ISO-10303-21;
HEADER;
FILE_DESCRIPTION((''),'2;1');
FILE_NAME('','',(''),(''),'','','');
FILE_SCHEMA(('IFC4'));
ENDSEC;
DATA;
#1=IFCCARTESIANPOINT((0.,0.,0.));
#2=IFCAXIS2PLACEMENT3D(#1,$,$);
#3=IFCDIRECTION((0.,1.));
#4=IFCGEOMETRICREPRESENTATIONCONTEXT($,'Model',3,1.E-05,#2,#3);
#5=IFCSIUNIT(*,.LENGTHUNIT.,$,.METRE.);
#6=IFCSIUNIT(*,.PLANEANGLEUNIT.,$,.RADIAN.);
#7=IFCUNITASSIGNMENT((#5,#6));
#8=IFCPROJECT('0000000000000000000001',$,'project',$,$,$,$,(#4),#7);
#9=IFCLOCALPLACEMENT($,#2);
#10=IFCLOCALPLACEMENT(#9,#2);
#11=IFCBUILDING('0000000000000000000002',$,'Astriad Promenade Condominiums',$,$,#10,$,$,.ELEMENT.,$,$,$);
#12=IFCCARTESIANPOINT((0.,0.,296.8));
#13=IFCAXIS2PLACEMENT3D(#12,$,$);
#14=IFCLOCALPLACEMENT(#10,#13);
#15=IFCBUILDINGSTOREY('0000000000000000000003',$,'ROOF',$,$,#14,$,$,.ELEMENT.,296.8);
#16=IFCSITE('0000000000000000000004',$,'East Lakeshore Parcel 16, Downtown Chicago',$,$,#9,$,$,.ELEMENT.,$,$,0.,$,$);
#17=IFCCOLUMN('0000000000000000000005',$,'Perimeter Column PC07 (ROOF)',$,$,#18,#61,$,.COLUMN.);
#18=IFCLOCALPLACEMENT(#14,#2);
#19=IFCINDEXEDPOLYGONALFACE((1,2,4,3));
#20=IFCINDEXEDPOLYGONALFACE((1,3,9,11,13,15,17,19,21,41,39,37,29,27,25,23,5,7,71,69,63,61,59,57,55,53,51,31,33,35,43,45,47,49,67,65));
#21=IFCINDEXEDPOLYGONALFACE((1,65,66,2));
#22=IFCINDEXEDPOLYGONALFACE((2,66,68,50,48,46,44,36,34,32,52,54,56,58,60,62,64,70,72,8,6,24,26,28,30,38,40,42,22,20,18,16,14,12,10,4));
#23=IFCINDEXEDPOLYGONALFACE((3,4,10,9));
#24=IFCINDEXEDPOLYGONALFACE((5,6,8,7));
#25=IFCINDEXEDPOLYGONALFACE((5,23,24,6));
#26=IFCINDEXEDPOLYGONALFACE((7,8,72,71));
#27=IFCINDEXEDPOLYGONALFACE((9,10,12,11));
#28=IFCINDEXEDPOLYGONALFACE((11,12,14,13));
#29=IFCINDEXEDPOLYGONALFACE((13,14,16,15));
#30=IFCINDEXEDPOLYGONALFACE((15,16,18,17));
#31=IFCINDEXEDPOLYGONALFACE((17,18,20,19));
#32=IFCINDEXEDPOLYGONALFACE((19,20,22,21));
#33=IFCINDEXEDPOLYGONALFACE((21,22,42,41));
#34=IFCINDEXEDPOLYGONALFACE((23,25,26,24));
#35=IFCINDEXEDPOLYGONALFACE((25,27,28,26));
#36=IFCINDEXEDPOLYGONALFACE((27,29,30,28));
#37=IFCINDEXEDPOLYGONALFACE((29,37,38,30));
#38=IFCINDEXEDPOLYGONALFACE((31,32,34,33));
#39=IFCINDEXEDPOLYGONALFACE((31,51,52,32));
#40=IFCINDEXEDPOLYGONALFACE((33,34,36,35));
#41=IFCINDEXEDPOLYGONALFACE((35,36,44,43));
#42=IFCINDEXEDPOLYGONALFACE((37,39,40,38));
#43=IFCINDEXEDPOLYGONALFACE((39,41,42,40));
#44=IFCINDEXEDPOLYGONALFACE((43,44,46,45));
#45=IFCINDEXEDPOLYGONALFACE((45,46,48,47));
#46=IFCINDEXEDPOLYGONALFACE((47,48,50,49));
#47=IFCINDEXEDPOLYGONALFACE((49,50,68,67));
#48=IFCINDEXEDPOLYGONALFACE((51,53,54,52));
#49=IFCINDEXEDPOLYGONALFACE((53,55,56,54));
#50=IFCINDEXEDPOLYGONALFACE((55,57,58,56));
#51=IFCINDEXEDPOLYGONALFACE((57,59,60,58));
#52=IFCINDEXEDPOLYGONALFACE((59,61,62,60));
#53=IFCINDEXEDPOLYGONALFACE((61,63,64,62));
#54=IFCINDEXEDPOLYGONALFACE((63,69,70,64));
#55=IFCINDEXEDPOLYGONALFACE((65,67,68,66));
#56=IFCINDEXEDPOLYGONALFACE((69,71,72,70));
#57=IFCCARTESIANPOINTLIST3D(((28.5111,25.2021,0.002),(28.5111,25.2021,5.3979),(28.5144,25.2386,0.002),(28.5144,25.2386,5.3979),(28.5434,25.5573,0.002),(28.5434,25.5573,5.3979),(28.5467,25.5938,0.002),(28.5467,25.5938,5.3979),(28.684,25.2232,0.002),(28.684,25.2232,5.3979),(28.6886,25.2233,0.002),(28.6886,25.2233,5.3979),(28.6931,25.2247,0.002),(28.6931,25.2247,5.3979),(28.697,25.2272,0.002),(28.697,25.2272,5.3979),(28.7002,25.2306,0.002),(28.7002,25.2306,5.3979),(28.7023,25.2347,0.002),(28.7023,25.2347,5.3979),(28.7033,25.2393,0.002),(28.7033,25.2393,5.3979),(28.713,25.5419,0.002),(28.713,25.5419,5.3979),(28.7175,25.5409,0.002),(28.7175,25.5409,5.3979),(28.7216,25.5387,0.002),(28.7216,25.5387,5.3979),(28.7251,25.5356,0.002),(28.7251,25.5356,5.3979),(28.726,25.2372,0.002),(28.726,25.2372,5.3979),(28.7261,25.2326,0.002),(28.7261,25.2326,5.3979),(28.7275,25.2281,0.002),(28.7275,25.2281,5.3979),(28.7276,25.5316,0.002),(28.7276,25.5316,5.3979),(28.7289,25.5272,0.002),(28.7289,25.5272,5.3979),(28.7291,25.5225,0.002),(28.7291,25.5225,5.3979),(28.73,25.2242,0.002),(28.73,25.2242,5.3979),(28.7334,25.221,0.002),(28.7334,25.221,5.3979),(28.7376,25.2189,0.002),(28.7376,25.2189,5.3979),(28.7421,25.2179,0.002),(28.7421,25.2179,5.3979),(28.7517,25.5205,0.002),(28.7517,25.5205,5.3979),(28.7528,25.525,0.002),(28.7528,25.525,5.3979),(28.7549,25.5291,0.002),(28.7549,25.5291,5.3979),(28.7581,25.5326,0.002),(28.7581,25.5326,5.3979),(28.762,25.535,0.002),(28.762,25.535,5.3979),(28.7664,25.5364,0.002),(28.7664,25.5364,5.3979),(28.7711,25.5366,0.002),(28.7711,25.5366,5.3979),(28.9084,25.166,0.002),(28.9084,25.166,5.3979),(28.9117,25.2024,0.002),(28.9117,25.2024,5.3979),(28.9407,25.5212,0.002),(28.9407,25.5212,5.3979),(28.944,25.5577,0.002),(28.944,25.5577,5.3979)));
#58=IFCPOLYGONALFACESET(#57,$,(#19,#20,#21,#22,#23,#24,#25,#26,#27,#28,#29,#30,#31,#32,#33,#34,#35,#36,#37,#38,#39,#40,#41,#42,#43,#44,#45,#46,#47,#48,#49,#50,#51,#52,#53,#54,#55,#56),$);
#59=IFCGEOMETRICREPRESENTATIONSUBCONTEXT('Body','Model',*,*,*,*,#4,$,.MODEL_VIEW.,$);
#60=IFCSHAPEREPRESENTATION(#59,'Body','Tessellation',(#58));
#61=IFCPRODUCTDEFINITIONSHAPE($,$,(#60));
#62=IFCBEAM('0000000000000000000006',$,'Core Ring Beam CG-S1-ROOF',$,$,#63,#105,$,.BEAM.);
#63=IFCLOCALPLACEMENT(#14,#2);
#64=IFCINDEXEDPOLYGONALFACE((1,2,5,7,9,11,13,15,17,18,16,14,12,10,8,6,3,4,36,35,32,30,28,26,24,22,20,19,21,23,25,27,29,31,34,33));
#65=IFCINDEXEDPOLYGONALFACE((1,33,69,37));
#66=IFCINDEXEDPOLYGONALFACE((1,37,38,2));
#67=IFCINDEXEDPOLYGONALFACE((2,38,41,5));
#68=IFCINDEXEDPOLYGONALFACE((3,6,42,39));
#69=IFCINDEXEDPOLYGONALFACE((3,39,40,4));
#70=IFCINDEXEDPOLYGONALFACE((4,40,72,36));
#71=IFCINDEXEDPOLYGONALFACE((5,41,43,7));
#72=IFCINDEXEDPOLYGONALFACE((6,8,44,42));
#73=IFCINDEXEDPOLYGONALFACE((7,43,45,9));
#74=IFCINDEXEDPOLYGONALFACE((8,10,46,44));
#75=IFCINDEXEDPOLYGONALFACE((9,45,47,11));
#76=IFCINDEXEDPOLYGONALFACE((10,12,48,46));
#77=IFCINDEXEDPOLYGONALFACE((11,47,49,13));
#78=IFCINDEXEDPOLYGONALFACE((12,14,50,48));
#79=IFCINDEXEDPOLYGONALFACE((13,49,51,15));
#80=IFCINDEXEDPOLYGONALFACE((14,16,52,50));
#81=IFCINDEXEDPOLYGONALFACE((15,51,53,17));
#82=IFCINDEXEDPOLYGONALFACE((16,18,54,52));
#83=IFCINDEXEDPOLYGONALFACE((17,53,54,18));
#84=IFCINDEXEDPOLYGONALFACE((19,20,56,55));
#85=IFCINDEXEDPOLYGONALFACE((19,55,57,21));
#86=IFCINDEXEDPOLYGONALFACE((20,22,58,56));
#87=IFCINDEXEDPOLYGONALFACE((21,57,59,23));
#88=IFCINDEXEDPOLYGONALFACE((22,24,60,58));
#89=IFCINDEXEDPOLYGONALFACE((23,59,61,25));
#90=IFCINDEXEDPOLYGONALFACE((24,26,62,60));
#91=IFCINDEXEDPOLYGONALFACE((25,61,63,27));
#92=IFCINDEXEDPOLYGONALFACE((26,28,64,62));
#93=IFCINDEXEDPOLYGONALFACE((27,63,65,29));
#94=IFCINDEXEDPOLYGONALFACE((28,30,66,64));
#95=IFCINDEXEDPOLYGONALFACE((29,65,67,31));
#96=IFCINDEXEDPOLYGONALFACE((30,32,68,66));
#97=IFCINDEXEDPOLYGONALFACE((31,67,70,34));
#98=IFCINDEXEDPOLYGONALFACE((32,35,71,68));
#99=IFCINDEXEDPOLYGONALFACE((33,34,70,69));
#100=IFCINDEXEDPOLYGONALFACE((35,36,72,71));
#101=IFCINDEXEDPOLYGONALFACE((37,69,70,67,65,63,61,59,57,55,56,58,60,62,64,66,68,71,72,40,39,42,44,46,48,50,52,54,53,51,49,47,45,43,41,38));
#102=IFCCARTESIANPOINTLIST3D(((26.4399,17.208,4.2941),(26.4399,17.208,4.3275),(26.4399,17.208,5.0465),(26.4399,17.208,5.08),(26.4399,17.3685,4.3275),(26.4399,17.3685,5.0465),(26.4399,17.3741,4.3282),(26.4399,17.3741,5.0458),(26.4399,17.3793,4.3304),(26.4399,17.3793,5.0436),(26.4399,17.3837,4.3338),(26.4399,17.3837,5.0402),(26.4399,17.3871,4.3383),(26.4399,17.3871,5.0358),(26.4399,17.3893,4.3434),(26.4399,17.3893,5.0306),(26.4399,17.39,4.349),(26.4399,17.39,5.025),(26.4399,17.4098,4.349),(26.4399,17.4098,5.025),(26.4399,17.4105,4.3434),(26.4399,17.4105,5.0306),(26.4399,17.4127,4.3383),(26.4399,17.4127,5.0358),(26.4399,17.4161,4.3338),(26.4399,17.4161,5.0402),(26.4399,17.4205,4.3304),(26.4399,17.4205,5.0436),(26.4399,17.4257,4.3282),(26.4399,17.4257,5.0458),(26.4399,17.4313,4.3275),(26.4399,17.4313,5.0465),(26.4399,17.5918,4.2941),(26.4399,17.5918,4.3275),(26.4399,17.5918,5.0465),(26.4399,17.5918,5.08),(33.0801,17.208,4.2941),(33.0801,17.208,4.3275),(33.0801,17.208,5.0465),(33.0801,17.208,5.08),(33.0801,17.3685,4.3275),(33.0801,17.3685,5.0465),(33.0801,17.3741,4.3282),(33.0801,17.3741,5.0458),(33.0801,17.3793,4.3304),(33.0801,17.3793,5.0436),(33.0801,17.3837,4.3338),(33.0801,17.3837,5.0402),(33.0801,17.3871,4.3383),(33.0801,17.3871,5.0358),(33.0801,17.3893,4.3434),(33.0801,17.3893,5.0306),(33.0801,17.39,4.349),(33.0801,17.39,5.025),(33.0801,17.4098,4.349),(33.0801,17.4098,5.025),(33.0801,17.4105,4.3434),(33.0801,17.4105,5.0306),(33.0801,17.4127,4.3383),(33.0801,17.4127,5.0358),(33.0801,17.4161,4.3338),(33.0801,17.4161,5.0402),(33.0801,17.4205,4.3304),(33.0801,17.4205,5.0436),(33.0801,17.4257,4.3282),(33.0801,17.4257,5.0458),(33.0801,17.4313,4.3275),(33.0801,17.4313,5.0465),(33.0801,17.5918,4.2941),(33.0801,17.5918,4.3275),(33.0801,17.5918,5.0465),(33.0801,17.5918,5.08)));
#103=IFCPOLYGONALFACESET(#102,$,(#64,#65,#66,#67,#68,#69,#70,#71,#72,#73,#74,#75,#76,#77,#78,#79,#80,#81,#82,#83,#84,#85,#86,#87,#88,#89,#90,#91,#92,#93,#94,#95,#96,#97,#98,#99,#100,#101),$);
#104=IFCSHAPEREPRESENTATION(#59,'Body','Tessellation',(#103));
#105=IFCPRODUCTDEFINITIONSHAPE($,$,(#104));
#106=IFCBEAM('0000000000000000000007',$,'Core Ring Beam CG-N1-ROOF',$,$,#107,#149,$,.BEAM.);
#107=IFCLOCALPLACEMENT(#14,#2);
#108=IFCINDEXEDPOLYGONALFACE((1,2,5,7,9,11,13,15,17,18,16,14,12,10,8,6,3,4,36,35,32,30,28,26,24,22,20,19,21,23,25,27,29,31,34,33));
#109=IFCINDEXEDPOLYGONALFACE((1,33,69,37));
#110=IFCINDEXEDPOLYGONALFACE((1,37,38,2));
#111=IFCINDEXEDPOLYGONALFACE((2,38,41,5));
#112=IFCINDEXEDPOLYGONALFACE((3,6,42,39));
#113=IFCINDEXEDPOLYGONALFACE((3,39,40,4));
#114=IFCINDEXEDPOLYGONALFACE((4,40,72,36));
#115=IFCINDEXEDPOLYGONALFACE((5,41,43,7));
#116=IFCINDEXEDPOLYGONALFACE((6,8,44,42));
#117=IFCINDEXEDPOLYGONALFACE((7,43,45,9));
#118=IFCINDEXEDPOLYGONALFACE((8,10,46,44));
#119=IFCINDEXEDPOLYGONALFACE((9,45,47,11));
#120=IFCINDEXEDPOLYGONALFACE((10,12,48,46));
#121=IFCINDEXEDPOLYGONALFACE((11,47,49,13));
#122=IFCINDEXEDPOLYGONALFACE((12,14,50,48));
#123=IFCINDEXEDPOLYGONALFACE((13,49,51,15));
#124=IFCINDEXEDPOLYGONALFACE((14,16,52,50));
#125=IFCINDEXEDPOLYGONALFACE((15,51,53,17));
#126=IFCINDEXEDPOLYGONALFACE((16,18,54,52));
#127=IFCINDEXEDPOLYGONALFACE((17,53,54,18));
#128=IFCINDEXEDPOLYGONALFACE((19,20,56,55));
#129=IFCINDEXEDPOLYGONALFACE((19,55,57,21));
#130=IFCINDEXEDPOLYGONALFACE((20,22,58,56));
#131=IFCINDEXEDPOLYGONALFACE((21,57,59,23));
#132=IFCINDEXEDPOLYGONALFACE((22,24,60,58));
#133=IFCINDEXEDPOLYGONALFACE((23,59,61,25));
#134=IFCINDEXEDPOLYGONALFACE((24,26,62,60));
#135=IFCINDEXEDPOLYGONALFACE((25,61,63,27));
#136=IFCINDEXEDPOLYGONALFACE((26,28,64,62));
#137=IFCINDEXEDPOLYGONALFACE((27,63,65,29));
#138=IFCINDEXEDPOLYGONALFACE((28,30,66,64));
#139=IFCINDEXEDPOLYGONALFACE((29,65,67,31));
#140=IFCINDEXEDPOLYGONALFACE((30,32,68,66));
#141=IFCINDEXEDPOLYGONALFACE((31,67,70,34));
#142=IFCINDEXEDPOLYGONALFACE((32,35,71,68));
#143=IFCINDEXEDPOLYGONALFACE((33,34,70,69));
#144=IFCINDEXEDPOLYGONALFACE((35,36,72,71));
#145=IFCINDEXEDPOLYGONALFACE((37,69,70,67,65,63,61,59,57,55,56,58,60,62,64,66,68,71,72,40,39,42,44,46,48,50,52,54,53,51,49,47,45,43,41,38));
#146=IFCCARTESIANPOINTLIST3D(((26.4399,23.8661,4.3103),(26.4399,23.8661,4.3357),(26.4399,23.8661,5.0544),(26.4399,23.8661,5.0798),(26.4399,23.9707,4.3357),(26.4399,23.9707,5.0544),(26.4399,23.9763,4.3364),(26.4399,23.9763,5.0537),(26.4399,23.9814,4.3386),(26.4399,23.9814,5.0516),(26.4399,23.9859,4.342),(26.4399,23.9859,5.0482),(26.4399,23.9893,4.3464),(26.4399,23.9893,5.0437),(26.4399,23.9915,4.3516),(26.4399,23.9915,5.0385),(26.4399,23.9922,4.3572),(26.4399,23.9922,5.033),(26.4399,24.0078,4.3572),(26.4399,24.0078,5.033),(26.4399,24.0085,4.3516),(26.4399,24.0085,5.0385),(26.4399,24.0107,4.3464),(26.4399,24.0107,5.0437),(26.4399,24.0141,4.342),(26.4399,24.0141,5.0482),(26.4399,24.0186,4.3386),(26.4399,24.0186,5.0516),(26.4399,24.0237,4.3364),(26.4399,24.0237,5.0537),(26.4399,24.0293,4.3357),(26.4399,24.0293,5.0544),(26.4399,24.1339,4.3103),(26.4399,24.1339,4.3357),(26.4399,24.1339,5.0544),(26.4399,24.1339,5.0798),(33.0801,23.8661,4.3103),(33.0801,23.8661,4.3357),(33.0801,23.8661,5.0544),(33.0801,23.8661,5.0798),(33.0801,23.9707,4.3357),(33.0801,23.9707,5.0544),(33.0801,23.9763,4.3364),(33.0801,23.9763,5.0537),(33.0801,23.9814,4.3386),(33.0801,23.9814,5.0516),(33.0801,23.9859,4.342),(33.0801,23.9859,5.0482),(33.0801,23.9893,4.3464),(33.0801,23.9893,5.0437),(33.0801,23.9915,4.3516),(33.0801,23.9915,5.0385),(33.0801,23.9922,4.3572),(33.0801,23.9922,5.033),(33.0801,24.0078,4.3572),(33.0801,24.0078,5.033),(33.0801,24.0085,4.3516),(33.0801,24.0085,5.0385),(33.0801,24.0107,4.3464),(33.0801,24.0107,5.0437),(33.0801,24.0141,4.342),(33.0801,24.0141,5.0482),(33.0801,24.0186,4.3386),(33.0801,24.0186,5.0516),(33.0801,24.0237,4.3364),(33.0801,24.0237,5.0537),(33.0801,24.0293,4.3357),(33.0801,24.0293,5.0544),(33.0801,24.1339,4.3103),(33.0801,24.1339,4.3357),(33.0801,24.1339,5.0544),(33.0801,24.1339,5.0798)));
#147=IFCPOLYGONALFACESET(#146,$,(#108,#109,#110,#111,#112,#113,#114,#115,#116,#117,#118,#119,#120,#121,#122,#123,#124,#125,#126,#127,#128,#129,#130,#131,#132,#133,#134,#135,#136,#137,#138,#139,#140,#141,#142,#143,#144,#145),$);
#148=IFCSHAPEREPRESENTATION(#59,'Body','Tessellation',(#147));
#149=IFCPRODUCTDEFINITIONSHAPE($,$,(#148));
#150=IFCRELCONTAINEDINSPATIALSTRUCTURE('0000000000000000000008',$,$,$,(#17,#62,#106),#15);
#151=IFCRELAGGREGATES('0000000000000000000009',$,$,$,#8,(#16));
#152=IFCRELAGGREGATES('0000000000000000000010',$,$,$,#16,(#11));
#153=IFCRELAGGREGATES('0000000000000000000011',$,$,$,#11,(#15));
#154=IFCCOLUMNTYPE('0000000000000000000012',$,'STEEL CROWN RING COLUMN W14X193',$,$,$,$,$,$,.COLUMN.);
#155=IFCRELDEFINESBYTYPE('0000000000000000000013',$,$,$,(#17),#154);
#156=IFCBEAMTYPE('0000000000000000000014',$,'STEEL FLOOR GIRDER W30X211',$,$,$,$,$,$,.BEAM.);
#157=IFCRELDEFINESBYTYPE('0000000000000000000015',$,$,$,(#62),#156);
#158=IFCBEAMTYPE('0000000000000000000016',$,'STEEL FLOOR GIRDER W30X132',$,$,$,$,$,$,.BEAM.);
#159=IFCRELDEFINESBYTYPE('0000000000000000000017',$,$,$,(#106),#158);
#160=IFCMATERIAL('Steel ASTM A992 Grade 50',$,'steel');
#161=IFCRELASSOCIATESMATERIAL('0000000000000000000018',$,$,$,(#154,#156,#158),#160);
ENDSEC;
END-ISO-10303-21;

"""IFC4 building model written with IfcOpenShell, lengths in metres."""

from ifc_helpers import new_model, si_unit, direction, frame, origin, origin_2d, place, context, subcontext, project, spatial, i_section, extrude, source, transform, mapped, material, material_profile, profile_set, type_object, type_shapes, element, save


model = new_model("IFC4")

# Units and contexts
model_context = context("Model", 3, precision=1e-05, world=origin(), true_north=direction((0.0, 1.0)))
body_context = subcontext(model_context, "Body", "Model", "MODEL_VIEW")
ifc_project = project(units=[si_unit("LENGTHUNIT", "METRE"), si_unit("PLANEANGLEUNIT", "RADIAN")], contexts=[model_context])

# Site, building, storey
site_placement = place(None, origin())
site = spatial("IfcSite", under=ifc_project, at=site_placement, Name="East Lakeshore Parcel 16, Downtown Chicago", CompositionType="ELEMENT", RefElevation=0.0)
building_placement = place(site_placement, origin())
building = spatial("IfcBuilding", under=site, at=building_placement, Name="Astriad Promenade Condominiums", CompositionType="ELEMENT")
storey_placement = place(building_placement, frame((0.0, 0.0, 296.8)))
storey = spatial("IfcBuildingStorey", under=building, at=storey_placement, Name="ROOF", CompositionType="ELEMENT", Elevation=296.8)

# Column
ifc_material_1 = material(Name="Steel ASTM A992 Grade 50", Category="steel")
ifc_material_profile_1 = material_profile(ifc_material_1, i_section(OverallWidth=0.3989, OverallDepth=0.3933, WebThickness=0.0227, FlangeThickness=0.0366, FilletRadius=0.0178, at=origin_2d()), Name="W14X193")
ifc_profile_set_1 = profile_set([ifc_material_profile_1], Name="Steel ASTM A992 Grade 50")
column_type_1 = type_object("IfcColumnType", Name="STEEL CROWN RING COLUMN W14X193", PredefinedType="COLUMN", material=ifc_profile_set_1)
shared_shape_1 = source(origin(), body_context, "Body", "SweptSolid", [
    extrude(i_section(OverallWidth=0.3989, OverallDepth=0.3933, WebThickness=0.0227, FlangeThickness=0.0366, FilletRadius=0.0178, at=origin_2d()), origin(), (0.0, 0.0, 1.0), 5.396),
])
type_shapes(column_type_1, [shared_shape_1])
for number, where, z_axis, x_axis, name in (
    (1, (28.7275, 25.3799, 0.002), (0.0, 0.0, 1.0), (0.995884, -0.090633, 0.0), "Perimeter Column PC07 (ROOF)"),
):
    element("IfcColumn", number, at=place(storey_placement, frame(where, z_axis=z_axis, x_axis=x_axis)), inside=storey, type_object=column_type_1, Name=name, PredefinedType="COLUMN", context=body_context, shape_type="MappedRepresentation", body=[
        mapped(shared_shape_1, transform((0.0, 0.0, 0.0), scale=1.0)),
    ])

# Beams
ifc_material_profile_2 = material_profile(ifc_material_1, i_section(OverallWidth=0.3838, OverallDepth=0.7859, WebThickness=0.0198, FlangeThickness=0.0334, FilletRadius=0.0215, at=origin_2d()), Name="W30X211")
ifc_profile_set_2 = profile_set([ifc_material_profile_2], Name="Steel ASTM A992 Grade 50")
beam_type_1 = type_object("IfcBeamType", Name="STEEL FLOOR GIRDER W30X211", PredefinedType="BEAM", material=ifc_profile_set_2)
shared_shape_2 = source(origin(), body_context, "Body", "SweptSolid", [
    extrude(i_section(OverallWidth=0.3838, OverallDepth=0.7859, WebThickness=0.0198, FlangeThickness=0.0334, FilletRadius=0.0215, at=origin_2d()), origin(), (0.0, 0.0, 1.0), 6.6401),
])
type_shapes(beam_type_1, [shared_shape_2])
beam_1_placement = place(storey_placement, frame((26.4399, 17.3999, 4.687), z_axis=(1.0, 0.0, 0.0), x_axis=(0.0, 1.0, 0.0)))
element("IfcBeam", 2, at=beam_1_placement, inside=storey, type_object=beam_type_1, Name="Core Ring Beam CG-S1-ROOF", PredefinedType="BEAM", context=body_context, shape_type="MappedRepresentation", body=[
    mapped(shared_shape_2, transform((0.0, 0.0, 0.0), scale=1.0)),
])
ifc_material_profile_3 = material_profile(ifc_material_1, i_section(OverallWidth=0.2678, OverallDepth=0.7695, WebThickness=0.0156, FlangeThickness=0.0254, FilletRadius=0.0215, at=origin_2d()), Name="W30X132")
ifc_profile_set_3 = profile_set([ifc_material_profile_3], Name="Steel ASTM A992 Grade 50")
beam_type_2 = type_object("IfcBeamType", Name="STEEL FLOOR GIRDER W30X132", PredefinedType="BEAM", material=ifc_profile_set_3)
shared_shape_3 = source(origin(), body_context, "Body", "SweptSolid", [
    extrude(i_section(OverallWidth=0.2678, OverallDepth=0.7695, WebThickness=0.0156, FlangeThickness=0.0254, FilletRadius=0.0215, at=origin_2d()), origin(), (0.0, 0.0, 1.0), 6.6401),
])
type_shapes(beam_type_2, [shared_shape_3])
beam_2_placement = place(storey_placement, frame((26.4399, 24.0, 4.6951), z_axis=(1.0, 0.0, 0.0), x_axis=(0.0, 1.0, 0.0)))
element("IfcBeam", 3, at=beam_2_placement, inside=storey, type_object=beam_type_2, Name="Core Ring Beam CG-N1-ROOF", PredefinedType="BEAM", context=body_context, shape_type="MappedRepresentation", body=[
    mapped(shared_shape_3, transform((0.0, 0.0, 0.0), scale=1.0)),
])

save(model, "model.ifc")
